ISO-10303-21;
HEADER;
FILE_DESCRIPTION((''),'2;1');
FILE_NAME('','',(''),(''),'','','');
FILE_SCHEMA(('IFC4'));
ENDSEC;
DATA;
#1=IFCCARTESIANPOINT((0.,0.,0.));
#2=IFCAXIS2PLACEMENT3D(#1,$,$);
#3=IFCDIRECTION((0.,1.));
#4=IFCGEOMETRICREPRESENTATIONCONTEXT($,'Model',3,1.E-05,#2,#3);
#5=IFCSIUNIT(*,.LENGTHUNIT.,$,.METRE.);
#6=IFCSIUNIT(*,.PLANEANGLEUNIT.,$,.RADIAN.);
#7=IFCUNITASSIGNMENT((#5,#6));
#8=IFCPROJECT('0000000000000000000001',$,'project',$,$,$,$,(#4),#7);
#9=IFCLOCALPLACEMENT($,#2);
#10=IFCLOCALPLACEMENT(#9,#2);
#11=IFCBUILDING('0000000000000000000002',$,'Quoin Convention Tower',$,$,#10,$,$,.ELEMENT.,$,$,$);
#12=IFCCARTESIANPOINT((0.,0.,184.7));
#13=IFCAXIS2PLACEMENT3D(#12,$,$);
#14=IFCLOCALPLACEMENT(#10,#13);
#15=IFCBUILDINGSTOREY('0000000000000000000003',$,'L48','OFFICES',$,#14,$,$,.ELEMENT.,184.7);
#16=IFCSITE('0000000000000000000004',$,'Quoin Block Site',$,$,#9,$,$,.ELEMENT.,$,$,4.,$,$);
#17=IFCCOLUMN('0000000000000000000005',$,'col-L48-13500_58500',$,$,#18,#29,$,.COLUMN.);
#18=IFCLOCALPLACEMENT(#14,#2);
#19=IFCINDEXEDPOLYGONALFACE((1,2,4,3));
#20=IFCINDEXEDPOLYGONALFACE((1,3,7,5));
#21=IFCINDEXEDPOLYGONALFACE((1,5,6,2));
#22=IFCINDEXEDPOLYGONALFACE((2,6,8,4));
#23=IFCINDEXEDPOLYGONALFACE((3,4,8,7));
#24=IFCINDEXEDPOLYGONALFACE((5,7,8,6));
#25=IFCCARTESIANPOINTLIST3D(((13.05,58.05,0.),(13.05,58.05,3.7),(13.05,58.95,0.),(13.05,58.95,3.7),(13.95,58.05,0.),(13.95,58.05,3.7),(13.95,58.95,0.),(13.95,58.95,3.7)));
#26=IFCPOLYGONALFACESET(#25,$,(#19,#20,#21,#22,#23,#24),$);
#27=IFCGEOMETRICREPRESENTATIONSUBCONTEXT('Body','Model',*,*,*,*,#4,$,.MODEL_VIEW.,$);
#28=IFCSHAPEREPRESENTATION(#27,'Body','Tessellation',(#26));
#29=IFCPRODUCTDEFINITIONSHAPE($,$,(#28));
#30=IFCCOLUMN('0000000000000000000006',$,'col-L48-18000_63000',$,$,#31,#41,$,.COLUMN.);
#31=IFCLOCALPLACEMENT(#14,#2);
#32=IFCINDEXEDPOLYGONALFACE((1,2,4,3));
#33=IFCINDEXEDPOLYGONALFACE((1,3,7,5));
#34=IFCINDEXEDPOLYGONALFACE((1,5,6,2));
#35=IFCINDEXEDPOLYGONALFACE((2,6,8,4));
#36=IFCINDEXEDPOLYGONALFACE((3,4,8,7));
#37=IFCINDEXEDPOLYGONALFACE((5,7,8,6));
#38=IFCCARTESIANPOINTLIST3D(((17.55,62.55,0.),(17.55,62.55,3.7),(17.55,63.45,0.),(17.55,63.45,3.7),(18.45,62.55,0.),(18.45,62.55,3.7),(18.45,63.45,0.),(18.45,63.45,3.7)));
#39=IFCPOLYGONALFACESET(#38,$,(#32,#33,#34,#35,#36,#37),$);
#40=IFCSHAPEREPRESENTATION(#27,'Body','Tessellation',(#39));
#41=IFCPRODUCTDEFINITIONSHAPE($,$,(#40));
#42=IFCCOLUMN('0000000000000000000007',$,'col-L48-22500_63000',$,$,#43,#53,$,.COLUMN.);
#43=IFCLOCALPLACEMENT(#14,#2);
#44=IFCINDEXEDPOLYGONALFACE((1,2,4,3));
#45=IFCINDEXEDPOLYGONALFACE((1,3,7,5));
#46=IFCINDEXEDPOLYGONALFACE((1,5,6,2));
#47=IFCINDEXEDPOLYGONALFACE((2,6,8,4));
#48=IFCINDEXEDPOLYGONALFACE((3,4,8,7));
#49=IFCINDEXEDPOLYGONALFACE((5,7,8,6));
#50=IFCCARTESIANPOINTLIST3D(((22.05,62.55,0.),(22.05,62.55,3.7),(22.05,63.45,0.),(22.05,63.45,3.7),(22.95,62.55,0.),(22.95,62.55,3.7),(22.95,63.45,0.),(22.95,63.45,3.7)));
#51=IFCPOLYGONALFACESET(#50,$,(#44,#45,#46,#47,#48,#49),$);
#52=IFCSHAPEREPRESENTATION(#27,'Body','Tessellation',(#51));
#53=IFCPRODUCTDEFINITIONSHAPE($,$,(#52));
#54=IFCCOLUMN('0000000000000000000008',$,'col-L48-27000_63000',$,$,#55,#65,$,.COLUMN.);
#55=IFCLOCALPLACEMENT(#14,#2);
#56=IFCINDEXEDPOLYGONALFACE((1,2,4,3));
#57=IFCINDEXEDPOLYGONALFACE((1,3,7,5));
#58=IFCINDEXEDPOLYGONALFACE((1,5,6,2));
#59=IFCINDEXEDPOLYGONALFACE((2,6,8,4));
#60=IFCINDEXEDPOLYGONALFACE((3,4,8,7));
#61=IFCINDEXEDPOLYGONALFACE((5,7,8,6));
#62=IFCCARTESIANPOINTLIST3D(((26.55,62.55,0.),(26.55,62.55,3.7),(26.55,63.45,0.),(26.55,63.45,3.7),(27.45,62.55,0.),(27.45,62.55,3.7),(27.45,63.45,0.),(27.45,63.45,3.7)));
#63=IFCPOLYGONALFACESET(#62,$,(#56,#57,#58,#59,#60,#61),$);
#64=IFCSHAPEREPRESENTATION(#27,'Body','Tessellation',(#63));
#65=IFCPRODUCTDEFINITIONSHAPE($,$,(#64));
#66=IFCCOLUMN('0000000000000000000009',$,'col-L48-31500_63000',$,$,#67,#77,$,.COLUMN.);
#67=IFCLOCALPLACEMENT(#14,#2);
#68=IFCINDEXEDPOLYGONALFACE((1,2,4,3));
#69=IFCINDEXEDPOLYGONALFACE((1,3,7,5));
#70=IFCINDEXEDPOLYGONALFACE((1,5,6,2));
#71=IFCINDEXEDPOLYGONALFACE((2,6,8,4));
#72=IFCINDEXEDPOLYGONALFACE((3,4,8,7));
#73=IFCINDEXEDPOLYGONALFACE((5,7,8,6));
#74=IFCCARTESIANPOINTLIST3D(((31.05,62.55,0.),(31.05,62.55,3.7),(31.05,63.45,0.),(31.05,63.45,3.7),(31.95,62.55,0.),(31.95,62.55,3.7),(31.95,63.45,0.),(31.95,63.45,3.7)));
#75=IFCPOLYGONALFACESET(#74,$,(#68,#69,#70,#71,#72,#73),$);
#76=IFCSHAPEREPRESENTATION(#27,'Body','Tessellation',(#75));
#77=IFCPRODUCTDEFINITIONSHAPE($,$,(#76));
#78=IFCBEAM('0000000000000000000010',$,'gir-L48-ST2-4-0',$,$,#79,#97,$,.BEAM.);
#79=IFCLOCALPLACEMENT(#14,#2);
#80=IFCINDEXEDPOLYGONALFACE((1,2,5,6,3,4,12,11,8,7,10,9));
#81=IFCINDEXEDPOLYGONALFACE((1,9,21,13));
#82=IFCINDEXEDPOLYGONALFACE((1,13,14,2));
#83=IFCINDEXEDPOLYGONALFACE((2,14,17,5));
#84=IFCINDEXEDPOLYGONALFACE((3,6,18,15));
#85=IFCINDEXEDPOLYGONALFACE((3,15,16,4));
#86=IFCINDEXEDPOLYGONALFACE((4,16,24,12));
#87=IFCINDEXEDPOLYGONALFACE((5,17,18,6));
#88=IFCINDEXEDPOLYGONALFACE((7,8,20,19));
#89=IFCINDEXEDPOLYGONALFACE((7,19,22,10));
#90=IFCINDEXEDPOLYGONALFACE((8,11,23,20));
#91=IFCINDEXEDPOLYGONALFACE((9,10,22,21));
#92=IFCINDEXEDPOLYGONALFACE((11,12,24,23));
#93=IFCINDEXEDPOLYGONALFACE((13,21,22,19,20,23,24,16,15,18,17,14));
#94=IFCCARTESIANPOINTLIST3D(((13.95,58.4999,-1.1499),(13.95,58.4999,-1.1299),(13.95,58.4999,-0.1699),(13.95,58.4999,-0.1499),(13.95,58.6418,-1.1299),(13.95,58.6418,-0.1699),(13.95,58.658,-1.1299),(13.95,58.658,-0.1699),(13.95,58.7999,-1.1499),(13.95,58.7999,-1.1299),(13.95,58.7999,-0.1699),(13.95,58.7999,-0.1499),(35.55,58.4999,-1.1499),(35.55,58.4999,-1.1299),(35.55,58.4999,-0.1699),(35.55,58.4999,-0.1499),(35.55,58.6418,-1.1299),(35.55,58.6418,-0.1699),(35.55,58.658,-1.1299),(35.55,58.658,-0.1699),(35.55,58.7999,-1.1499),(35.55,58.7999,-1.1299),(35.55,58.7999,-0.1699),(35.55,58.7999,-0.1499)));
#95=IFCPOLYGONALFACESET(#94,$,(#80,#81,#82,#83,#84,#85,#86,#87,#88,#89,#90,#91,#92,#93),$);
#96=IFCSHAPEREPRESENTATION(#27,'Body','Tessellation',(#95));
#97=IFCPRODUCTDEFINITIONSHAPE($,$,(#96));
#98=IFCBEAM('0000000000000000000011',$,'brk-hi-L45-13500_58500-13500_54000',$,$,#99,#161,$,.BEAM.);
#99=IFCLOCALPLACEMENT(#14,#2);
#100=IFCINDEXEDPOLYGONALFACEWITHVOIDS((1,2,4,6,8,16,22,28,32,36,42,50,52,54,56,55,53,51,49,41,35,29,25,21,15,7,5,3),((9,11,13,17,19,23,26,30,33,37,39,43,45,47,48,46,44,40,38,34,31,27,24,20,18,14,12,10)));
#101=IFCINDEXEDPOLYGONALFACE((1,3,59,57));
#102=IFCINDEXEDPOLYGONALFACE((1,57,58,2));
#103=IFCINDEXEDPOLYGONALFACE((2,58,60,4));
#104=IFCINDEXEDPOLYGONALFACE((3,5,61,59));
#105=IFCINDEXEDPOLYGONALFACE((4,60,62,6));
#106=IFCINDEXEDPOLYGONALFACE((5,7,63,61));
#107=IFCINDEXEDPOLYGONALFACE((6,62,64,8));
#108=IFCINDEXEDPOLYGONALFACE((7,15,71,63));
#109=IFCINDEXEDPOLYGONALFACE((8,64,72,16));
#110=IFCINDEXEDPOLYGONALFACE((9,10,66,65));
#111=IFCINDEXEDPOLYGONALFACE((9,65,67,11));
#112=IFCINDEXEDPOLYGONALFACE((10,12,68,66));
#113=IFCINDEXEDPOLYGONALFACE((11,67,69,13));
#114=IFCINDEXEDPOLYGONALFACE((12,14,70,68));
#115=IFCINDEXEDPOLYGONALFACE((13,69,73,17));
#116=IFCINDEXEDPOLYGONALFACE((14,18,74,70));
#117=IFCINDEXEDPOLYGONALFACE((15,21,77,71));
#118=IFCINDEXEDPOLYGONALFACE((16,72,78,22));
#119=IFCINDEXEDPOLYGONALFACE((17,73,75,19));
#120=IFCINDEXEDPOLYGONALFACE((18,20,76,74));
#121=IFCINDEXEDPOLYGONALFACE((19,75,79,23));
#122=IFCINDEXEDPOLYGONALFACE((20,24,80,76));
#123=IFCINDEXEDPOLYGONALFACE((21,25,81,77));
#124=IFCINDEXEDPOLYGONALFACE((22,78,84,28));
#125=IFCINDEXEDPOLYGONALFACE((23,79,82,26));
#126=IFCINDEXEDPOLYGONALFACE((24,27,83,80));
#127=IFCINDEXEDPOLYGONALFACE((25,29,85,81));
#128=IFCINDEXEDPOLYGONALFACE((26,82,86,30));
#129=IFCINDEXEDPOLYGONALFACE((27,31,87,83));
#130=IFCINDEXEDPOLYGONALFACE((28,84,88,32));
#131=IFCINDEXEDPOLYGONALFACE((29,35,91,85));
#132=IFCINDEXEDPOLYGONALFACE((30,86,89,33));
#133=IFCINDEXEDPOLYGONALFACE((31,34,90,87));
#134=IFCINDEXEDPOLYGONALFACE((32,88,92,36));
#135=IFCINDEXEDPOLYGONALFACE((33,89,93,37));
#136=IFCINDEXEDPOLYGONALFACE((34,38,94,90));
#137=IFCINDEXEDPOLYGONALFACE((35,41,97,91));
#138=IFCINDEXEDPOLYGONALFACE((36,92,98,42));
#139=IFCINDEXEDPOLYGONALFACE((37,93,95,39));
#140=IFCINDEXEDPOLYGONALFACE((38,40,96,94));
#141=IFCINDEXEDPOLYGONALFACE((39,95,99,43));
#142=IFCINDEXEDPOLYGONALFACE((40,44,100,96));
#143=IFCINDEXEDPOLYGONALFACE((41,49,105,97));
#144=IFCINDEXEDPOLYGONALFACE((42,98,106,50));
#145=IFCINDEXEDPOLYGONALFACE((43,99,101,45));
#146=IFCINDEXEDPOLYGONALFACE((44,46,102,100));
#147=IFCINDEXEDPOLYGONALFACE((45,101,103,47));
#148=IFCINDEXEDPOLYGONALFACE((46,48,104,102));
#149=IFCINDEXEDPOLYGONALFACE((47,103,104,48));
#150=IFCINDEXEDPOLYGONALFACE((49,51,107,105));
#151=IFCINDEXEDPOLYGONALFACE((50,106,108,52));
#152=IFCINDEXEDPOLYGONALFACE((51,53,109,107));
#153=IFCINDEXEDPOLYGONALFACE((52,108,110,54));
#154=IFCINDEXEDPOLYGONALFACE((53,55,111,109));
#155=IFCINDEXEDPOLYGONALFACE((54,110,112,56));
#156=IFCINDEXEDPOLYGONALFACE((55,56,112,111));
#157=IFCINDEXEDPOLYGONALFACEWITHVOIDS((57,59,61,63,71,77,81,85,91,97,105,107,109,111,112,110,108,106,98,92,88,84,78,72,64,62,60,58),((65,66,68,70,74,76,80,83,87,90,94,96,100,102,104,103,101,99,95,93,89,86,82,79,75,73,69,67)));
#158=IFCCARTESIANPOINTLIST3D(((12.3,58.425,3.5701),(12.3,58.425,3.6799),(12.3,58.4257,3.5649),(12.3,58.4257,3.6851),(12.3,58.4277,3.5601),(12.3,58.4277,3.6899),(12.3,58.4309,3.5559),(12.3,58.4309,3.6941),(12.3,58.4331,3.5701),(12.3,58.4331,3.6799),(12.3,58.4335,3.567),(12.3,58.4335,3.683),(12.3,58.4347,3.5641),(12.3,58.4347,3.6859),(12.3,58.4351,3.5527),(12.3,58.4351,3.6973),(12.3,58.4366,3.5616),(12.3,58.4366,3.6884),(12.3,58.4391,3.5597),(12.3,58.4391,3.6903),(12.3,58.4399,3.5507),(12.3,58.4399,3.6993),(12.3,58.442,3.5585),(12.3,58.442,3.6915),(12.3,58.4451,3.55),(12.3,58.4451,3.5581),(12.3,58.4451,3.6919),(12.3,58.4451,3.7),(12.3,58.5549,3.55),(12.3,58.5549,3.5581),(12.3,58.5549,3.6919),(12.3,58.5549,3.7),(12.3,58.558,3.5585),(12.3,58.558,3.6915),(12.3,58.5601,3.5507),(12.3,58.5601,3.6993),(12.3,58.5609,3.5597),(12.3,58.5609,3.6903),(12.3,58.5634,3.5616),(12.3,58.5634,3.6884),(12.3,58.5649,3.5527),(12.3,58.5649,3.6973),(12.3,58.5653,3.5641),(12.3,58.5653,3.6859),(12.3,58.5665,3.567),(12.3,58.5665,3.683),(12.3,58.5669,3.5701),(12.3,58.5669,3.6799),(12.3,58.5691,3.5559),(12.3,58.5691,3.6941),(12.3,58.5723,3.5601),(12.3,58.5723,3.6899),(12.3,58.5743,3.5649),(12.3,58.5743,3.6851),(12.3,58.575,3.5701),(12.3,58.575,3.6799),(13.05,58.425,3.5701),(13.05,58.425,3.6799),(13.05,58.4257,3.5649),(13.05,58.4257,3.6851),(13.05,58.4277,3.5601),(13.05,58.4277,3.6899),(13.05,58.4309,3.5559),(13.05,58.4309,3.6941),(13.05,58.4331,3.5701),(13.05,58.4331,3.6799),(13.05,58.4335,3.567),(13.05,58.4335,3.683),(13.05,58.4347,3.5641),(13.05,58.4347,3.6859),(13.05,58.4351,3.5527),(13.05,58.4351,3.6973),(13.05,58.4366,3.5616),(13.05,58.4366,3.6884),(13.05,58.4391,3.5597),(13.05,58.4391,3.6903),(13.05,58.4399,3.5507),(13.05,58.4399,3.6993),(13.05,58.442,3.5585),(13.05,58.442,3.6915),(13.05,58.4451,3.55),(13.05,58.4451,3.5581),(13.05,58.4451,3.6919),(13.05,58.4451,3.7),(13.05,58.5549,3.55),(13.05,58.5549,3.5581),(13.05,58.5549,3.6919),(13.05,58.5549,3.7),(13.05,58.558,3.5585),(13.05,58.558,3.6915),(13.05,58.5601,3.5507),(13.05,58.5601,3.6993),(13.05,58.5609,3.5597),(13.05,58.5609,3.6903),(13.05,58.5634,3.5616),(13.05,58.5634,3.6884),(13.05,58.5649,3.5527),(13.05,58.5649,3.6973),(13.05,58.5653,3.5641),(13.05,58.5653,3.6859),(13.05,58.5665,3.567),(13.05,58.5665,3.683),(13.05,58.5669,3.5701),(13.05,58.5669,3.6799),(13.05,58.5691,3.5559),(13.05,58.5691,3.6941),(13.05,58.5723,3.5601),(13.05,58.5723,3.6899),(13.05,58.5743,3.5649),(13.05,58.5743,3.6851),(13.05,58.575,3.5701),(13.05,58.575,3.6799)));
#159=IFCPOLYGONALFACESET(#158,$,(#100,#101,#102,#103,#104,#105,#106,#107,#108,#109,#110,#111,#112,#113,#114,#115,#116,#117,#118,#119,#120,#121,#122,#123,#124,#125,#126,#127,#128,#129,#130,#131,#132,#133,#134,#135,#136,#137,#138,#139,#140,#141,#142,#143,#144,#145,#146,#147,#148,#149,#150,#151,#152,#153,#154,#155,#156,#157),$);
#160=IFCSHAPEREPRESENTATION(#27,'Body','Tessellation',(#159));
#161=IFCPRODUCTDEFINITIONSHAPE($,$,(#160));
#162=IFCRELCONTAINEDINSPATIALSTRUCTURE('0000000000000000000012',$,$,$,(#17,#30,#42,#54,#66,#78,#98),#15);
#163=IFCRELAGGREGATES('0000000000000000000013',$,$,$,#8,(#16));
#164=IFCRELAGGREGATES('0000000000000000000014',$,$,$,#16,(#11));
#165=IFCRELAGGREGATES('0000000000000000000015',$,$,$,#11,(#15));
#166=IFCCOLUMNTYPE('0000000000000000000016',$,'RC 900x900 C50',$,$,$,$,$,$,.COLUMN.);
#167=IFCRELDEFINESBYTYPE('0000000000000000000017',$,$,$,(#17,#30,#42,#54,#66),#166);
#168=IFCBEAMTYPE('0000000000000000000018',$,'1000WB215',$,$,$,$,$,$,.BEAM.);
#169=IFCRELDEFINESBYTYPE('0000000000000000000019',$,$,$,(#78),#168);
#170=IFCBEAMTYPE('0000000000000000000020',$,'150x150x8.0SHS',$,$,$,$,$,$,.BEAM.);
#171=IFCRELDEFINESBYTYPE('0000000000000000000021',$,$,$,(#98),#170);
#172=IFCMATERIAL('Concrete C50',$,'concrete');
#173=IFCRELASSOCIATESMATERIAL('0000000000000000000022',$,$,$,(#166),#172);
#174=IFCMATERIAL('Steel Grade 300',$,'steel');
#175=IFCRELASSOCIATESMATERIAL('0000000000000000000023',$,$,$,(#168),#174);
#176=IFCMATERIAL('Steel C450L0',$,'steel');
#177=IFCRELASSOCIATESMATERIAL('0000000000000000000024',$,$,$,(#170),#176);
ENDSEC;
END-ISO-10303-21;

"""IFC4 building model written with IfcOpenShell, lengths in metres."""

from ifc_helpers import new_model, si_unit, direction, frame, origin, origin_2d, place, context, subcontext, project, spatial, rectangle, hollow_rectangle, i_section, extrude, material, material_profile, profile_set, type_object, element, save


model = new_model("IFC4")

# Units and contexts
model_context = context("Model", 3, precision=1e-05, world=origin(), true_north=direction((0.0, 1.0)))
body_context = subcontext(model_context, "Body", "Model", "MODEL_VIEW")
ifc_project = project(units=[si_unit("LENGTHUNIT", "METRE"), si_unit("PLANEANGLEUNIT", "RADIAN")], contexts=[model_context])

# Site, building, storey
site_placement = place(None, origin())
site = spatial("IfcSite", under=ifc_project, at=site_placement, Name="Quoin Block Site", CompositionType="ELEMENT", RefElevation=4.0)
building_placement = place(site_placement, origin())
building = spatial("IfcBuilding", under=site, at=building_placement, Name="Quoin Convention Tower", CompositionType="ELEMENT")
storey_placement = place(building_placement, frame((0.0, 0.0, 184.7)))
storey = spatial("IfcBuildingStorey", under=building, at=storey_placement, Name="L48", Description="OFFICES", CompositionType="ELEMENT", Elevation=184.7)

# Columns
ifc_material_1 = material(Name="Concrete C50", Category="concrete")
ifc_material_profile_1 = material_profile(ifc_material_1, rectangle(XDim=0.8999, YDim=0.8999, at=origin_2d()), Name="RC 900x900")
ifc_profile_set_1 = profile_set([ifc_material_profile_1], Name="Concrete C50")
column_type = type_object("IfcColumnType", Name="RC 900x900 C50", PredefinedType="COLUMN", material=ifc_profile_set_1)
for number, where, z_axis, x_axis, name in (
    (1, (13.5, 58.5, 0.0), (0.0, 0.0, 1.0), (1.0, 0.0, 0.0), "col-L48-13500_58500"),
    (2, (18.0, 63.0, 0.0), (0.0, 0.0, 1.0), (1.0, 0.0, 0.0), "col-L48-18000_63000"),
    (3, (22.5, 63.0, 0.0), (0.0, 0.0, 1.0), (1.0, 0.0, 0.0), "col-L48-22500_63000"),
    (4, (27.0, 63.0, 0.0), (0.0, 0.0, 1.0), (1.0, 0.0, 0.0), "col-L48-27000_63000"),
    (5, (31.5, 63.0, 0.0), (0.0, 0.0, 1.0), (1.0, 0.0, 0.0), "col-L48-31500_63000"),
):
    element("IfcColumn", number, at=place(storey_placement, frame(where, z_axis=z_axis, x_axis=x_axis)), inside=storey, type_object=column_type, Name=name, PredefinedType="COLUMN", context=body_context, shape_type="SweptSolid", body=[
        extrude(rectangle(XDim=0.8999, YDim=0.8999, at=origin_2d()), origin(), (0.0, 0.0, 1.0), 3.7),
    ])

# Beams
ifc_material_2 = material(Name="Steel Grade 300", Category="steel")
ifc_material_profile_2 = material_profile(ifc_material_2, i_section(OverallWidth=0.3, OverallDepth=1.0, WebThickness=0.0161, FlangeThickness=0.02, at=origin_2d()), Name="1000WB215")
ifc_profile_set_2 = profile_set([ifc_material_profile_2], Name="Steel Grade 300")
beam_type_1 = type_object("IfcBeamType", Name="1000WB215", PredefinedType="BEAM", material=ifc_profile_set_2)
beam_1_placement = place(storey_placement, frame((13.95, 58.6499, -0.6499), z_axis=(1.0, 0.0, 0.0), x_axis=(0.0, 1.0, 0.0)))
element("IfcBeam", 6, at=beam_1_placement, inside=storey, type_object=beam_type_1, Name="gir-L48-ST2-4-0", PredefinedType="BEAM", context=body_context, shape_type="SweptSolid", body=[
    extrude(i_section(OverallWidth=0.3, OverallDepth=1.0, WebThickness=0.0161, FlangeThickness=0.02, at=origin_2d()), origin(), (0.0, 0.0, 1.0), 21.6001),
])
ifc_material_3 = material(Name="Steel C450L0", Category="steel")
ifc_material_profile_3 = material_profile(ifc_material_3, hollow_rectangle(XDim=0.1499, YDim=0.1499, WallThickness=0.0081, InnerFilletRadius=0.012, OuterFilletRadius=0.02, at=origin_2d()), Name="150x150x8.0SHS")
ifc_profile_set_3 = profile_set([ifc_material_profile_3], Name="Steel C450L0")
beam_type_2 = type_object("IfcBeamType", Name="150x150x8.0SHS", PredefinedType="BEAM", material=ifc_profile_set_3)
for number, where, z_axis, x_axis, name in (
    (7, (13.05, 58.5, 3.625), (-1.0, 0.0, 0.0), (0.0, -1.0, 0.0), "brk-hi-L45-13500_58500-13500_54000"),
):
    element("IfcBeam", number, at=place(storey_placement, frame(where, z_axis=z_axis, x_axis=x_axis)), inside=storey, type_object=beam_type_2, Name=name, PredefinedType="BEAM", context=body_context, shape_type="SweptSolid", body=[
        extrude(hollow_rectangle(XDim=0.1499, YDim=0.1499, WallThickness=0.0081, InnerFilletRadius=0.012, OuterFilletRadius=0.02, at=origin_2d()), origin(), (0.0, 0.0, 1.0), 0.75),
    ])

save(model, "model.ifc")
